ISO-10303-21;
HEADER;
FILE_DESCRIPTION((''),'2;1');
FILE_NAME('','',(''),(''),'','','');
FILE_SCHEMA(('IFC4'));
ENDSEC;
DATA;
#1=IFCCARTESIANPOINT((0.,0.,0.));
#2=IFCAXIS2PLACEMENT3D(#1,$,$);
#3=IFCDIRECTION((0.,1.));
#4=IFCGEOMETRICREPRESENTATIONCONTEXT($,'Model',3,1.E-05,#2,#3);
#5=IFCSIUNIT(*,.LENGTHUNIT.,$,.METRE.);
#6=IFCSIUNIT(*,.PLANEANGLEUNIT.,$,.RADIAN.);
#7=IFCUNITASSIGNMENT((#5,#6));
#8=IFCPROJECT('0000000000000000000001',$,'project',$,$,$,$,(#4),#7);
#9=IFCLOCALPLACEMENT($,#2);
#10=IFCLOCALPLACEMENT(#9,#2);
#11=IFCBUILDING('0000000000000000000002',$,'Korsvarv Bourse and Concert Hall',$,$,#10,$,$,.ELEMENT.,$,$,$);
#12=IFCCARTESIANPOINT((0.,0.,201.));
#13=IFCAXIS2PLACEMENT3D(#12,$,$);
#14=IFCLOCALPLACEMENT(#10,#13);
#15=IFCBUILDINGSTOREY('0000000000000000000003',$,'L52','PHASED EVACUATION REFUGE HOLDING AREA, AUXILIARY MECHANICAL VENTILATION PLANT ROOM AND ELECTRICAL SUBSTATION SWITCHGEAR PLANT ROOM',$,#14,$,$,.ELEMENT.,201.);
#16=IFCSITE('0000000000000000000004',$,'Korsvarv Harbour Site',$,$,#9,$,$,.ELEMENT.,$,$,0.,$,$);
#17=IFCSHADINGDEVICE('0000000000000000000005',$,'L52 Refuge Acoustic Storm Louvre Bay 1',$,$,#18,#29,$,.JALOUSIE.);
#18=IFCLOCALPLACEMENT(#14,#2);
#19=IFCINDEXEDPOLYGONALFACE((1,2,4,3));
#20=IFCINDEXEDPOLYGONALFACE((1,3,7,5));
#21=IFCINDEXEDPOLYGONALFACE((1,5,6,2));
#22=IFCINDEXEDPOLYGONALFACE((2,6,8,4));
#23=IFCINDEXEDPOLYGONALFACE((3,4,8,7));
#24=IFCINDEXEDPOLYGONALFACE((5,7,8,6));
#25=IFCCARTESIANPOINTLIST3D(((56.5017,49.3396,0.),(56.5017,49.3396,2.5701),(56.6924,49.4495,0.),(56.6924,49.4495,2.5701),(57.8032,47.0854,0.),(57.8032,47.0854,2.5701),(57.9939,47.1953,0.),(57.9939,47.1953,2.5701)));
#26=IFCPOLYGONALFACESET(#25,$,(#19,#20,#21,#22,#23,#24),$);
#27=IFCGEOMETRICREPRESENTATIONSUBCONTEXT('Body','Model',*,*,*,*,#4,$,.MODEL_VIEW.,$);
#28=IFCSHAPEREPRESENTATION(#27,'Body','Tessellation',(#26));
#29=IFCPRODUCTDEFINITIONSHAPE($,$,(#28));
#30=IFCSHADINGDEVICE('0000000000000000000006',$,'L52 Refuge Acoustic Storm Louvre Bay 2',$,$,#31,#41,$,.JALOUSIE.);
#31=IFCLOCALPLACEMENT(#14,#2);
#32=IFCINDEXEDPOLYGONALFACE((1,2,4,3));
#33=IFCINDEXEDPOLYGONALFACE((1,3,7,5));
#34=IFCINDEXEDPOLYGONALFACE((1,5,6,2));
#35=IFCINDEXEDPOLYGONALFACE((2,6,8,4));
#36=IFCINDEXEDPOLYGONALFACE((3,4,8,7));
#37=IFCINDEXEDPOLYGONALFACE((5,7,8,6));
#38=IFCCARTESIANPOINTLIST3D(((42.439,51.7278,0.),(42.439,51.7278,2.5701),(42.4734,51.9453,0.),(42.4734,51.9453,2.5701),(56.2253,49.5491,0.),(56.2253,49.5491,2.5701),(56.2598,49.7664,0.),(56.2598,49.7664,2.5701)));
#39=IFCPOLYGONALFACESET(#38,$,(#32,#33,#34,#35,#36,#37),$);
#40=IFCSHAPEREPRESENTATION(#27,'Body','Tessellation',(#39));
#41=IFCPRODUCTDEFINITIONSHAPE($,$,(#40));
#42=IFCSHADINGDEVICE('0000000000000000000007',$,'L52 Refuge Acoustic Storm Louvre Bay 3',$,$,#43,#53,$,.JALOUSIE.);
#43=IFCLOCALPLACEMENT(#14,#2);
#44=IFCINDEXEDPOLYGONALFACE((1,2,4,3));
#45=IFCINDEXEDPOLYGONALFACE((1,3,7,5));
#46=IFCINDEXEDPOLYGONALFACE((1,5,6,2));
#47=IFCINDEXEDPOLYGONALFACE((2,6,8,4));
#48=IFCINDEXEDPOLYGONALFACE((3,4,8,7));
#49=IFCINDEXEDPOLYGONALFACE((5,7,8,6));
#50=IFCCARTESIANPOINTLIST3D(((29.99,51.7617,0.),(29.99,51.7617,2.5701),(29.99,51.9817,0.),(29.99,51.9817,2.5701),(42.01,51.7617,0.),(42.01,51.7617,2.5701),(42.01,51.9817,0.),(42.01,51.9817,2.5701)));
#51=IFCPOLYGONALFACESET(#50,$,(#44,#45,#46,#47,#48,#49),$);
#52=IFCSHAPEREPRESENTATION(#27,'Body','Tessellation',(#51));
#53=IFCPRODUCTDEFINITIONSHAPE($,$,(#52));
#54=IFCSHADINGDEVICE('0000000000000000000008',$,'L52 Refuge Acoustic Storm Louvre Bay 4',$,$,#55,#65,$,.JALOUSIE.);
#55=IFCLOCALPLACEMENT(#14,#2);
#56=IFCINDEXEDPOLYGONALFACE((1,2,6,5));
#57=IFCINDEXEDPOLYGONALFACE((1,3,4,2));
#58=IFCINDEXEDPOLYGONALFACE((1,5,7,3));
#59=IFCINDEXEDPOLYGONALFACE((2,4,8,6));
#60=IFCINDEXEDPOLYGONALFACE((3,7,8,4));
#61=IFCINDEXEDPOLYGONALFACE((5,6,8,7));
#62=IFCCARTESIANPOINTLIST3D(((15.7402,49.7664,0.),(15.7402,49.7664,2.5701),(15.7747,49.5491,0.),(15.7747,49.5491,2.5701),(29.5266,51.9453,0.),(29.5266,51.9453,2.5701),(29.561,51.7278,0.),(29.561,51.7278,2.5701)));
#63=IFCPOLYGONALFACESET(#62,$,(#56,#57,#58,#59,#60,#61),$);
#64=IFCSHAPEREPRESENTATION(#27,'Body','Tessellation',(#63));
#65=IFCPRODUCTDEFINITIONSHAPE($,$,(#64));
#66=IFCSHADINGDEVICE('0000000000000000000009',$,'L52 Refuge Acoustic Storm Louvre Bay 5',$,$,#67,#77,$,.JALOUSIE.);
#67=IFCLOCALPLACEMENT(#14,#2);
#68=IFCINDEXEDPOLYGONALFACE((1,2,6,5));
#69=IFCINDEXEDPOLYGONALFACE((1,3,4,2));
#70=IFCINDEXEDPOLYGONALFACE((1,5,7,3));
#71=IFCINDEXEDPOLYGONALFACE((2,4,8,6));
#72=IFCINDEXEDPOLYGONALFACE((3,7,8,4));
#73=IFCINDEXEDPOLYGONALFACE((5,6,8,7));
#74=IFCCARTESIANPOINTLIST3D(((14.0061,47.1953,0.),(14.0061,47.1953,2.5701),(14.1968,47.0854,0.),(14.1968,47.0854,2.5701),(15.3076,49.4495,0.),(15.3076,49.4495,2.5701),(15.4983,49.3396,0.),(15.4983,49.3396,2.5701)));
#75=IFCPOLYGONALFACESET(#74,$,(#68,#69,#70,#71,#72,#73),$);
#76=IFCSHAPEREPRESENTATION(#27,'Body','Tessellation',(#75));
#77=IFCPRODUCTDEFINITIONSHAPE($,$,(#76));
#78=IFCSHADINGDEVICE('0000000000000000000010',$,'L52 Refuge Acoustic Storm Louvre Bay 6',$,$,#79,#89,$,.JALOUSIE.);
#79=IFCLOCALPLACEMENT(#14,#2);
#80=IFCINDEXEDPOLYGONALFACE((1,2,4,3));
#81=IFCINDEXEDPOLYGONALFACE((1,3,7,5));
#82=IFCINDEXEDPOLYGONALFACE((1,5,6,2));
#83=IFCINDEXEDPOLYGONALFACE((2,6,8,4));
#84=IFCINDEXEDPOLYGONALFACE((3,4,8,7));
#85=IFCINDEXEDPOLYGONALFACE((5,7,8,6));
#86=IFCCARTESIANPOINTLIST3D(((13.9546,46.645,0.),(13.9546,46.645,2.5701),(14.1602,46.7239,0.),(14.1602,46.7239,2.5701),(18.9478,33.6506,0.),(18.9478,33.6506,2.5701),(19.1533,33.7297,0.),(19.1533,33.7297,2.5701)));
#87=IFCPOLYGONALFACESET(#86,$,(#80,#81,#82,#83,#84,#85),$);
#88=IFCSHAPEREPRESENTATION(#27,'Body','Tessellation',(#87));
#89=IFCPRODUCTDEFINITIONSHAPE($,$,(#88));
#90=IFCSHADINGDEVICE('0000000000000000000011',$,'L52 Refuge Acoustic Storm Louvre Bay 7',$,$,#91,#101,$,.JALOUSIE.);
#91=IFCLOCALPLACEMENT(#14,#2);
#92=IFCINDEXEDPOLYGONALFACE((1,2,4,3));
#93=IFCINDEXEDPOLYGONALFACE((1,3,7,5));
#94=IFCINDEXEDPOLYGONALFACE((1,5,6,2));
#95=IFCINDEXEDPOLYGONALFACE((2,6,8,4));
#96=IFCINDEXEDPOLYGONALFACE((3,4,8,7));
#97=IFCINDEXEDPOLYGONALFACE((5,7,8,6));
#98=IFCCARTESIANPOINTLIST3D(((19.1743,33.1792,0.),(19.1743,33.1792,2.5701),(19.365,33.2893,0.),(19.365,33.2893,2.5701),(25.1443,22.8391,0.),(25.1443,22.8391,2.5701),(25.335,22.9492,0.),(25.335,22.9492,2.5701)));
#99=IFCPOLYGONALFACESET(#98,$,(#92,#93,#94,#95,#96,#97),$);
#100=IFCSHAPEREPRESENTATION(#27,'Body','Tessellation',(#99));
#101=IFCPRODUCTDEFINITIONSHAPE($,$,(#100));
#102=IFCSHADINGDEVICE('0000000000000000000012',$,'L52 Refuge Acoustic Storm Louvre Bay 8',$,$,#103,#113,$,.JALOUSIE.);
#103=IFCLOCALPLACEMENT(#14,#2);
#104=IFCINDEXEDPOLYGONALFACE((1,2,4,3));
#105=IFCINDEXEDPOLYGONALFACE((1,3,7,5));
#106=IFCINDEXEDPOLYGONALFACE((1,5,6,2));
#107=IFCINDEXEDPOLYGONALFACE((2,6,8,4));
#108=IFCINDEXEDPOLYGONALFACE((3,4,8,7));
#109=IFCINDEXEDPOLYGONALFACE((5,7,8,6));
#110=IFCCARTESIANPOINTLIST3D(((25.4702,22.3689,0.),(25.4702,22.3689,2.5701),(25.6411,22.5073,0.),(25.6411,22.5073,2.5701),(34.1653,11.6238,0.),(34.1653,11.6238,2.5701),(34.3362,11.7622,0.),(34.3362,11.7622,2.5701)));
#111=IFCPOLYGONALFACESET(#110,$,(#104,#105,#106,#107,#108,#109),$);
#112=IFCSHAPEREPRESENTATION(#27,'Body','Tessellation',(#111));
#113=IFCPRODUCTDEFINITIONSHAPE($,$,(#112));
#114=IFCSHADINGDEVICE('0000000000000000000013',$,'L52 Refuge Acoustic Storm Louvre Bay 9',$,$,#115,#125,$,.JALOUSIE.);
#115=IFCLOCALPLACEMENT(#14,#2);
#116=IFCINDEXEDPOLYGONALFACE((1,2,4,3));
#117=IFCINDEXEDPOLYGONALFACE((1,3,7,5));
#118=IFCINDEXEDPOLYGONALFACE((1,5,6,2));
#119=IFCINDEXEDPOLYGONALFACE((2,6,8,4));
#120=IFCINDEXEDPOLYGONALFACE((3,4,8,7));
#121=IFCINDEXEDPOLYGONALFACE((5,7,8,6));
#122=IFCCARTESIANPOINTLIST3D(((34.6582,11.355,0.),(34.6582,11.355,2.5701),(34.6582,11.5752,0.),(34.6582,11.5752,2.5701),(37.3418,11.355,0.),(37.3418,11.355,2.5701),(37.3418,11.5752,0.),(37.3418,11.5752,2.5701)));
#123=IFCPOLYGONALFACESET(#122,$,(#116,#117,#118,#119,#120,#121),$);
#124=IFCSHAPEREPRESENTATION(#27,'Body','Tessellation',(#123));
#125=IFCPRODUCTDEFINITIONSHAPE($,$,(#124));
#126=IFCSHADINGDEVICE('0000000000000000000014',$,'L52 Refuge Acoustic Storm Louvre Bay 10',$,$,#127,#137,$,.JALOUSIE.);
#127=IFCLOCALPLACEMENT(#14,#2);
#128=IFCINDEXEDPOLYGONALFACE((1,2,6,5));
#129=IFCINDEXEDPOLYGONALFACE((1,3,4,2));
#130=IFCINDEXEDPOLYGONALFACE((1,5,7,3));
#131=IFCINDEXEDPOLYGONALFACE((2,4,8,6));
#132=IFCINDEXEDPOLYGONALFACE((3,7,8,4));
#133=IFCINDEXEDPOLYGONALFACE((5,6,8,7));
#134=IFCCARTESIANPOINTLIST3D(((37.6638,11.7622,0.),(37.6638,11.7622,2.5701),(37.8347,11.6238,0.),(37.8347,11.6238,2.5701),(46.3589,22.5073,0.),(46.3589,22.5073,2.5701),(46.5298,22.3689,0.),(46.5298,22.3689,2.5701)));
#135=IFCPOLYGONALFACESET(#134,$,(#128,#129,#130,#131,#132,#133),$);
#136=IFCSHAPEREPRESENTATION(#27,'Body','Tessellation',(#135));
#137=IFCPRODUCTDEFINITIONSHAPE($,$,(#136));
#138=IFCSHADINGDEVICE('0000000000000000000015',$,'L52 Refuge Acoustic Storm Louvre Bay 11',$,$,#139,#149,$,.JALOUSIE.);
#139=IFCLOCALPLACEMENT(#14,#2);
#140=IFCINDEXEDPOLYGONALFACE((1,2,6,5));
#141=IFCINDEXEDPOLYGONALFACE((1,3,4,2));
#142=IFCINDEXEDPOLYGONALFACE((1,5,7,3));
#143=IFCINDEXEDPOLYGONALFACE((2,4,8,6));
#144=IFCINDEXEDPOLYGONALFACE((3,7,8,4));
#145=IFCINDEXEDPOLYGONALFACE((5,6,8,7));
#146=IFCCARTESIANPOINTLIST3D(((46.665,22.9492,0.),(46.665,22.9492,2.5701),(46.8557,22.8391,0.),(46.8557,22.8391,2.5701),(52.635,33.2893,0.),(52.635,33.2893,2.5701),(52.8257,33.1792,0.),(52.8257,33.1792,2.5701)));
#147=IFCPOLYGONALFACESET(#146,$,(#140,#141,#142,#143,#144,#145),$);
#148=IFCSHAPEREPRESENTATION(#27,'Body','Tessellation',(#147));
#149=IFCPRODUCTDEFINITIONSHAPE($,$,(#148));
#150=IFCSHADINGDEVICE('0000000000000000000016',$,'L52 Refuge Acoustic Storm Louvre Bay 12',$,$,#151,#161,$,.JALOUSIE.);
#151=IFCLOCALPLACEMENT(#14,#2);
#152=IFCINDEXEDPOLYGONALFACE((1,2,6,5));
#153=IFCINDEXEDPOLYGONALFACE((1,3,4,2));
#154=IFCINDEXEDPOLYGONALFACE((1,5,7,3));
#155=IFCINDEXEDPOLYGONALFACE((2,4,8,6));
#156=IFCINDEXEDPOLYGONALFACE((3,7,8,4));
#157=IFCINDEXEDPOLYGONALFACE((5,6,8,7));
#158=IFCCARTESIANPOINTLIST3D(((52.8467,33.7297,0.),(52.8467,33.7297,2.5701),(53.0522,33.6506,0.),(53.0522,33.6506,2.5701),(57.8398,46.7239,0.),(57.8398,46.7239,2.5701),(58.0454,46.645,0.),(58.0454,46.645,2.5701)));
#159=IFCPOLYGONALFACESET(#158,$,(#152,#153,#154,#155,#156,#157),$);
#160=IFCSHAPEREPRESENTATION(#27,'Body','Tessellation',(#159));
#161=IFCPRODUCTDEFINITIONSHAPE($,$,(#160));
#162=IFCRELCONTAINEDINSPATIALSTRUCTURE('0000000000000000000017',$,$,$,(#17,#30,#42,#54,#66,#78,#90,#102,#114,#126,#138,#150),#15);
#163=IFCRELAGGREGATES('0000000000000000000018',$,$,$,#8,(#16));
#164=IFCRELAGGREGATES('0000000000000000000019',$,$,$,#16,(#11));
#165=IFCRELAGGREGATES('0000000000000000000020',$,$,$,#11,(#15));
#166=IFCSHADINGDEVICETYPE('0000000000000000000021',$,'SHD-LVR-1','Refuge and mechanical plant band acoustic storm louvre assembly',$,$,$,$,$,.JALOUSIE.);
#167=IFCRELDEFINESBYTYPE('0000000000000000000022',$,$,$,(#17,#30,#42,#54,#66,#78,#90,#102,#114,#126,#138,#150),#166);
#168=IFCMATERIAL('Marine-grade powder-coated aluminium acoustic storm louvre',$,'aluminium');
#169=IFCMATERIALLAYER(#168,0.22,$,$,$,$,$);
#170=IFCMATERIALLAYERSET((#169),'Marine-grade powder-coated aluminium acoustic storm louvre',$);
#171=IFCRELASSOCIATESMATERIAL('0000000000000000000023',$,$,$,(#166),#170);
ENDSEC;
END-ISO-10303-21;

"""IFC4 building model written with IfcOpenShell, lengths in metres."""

from ifc_helpers import new_model, si_unit, direction, frame, origin, place, context, subcontext, project, spatial, polyline, outline, extrude, material, layer, layer_set, type_object, element, save


model = new_model("IFC4")

# Units and contexts
model_context = context("Model", 3, precision=1e-05, world=origin(), true_north=direction((0.0, 1.0)))
body_context = subcontext(model_context, "Body", "Model", "MODEL_VIEW")
ifc_project = project(units=[si_unit("LENGTHUNIT", "METRE"), si_unit("PLANEANGLEUNIT", "RADIAN")], contexts=[model_context])

# Site, building, storey
site_placement = place(None, origin())
site = spatial("IfcSite", under=ifc_project, at=site_placement, Name="Korsvarv Harbour Site", CompositionType="ELEMENT", RefElevation=0.0)
building_placement = place(site_placement, origin())
building = spatial("IfcBuilding", under=site, at=building_placement, Name="Korsvarv Bourse and Concert Hall", CompositionType="ELEMENT")
storey_placement = place(building_placement, frame((0.0, 0.0, 201.0)))
storey = spatial("IfcBuildingStorey", under=building, at=storey_placement, Name="L52", Description="PHASED EVACUATION REFUGE HOLDING AREA, AUXILIARY MECHANICAL VENTILATION PLANT ROOM AND ELECTRICAL SUBSTATION SWITCHGEAR PLANT ROOM", CompositionType="ELEMENT", Elevation=201.0)

# Shading devices
ifc_material_1 = material(Name="Marine-grade powder-coated aluminium acoustic storm louvre", Category="aluminium")
ifc_layer_1 = layer(ifc_material_1, 0.22)
ifc_layer_set_1 = layer_set([ifc_layer_1], Name="Marine-grade powder-coated aluminium acoustic storm louvre")
shading_device_type = type_object("IfcShadingDeviceType", Name="SHD-LVR-1", Description="Refuge and mechanical plant band acoustic storm louvre assembly", PredefinedType="JALOUSIE", material=ifc_layer_set_1)
shading_device_1_placement = place(storey_placement, origin())
element("IfcShadingDevice", 1, at=shading_device_1_placement, inside=storey, type_object=shading_device_type, Name="L52 Refuge Acoustic Storm Louvre Bay 1", PredefinedType="JALOUSIE", context=body_context, shape_type="SweptSolid", body=[
    extrude(outline(polyline([(57.8032, 47.0854), (56.5017, 49.3396), (56.6924, 49.4495), (57.9939, 47.1953), (57.8032, 47.0854)])), origin(), (0.0, 0.0, 1.0), 2.5701),
])
shading_device_2_placement = place(storey_placement, origin())
element("IfcShadingDevice", 2, at=shading_device_2_placement, inside=storey, type_object=shading_device_type, Name="L52 Refuge Acoustic Storm Louvre Bay 2", PredefinedType="JALOUSIE", context=body_context, shape_type="SweptSolid", body=[
    extrude(outline(polyline([(56.2253, 49.5491), (42.439, 51.7278), (42.4734, 51.9453), (56.2598, 49.7664), (56.2253, 49.5491)])), origin(), (0.0, 0.0, 1.0), 2.5701),
])
shading_device_3_placement = place(storey_placement, origin())
element("IfcShadingDevice", 3, at=shading_device_3_placement, inside=storey, type_object=shading_device_type, Name="L52 Refuge Acoustic Storm Louvre Bay 3", PredefinedType="JALOUSIE", context=body_context, shape_type="SweptSolid", body=[
    extrude(outline(polyline([(42.01, 51.7617), (29.99, 51.7617), (29.99, 51.9817), (42.01, 51.9817), (42.01, 51.7617)])), origin(), (0.0, 0.0, 1.0), 2.5701),
])
shading_device_4_placement = place(storey_placement, origin())
element("IfcShadingDevice", 4, at=shading_device_4_placement, inside=storey, type_object=shading_device_type, Name="L52 Refuge Acoustic Storm Louvre Bay 4", PredefinedType="JALOUSIE", context=body_context, shape_type="SweptSolid", body=[
    extrude(outline(polyline([(29.561, 51.7278), (15.7747, 49.5491), (15.7402, 49.7664), (29.5266, 51.9453), (29.561, 51.7278)])), origin(), (0.0, 0.0, 1.0), 2.5701),
])
shading_device_5_placement = place(storey_placement, origin())
element("IfcShadingDevice", 5, at=shading_device_5_placement, inside=storey, type_object=shading_device_type, Name="L52 Refuge Acoustic Storm Louvre Bay 5", PredefinedType="JALOUSIE", context=body_context, shape_type="SweptSolid", body=[
    extrude(outline(polyline([(15.4983, 49.3396), (14.1968, 47.0854), (14.0061, 47.1953), (15.3076, 49.4495), (15.4983, 49.3396)])), origin(), (0.0, 0.0, 1.0), 2.5701),
])
shading_device_6_placement = place(storey_placement, origin())
element("IfcShadingDevice", 6, at=shading_device_6_placement, inside=storey, type_object=shading_device_type, Name="L52 Refuge Acoustic Storm Louvre Bay 6", PredefinedType="JALOUSIE", context=body_context, shape_type="SweptSolid", body=[
    extrude(outline(polyline([(14.1602, 46.7239), (19.1533, 33.7297), (18.9478, 33.6506), (13.9546, 46.645), (14.1602, 46.7239)])), origin(), (0.0, 0.0, 1.0), 2.5701),
])
shading_device_7_placement = place(storey_placement, origin())
element("IfcShadingDevice", 7, at=shading_device_7_placement, inside=storey, type_object=shading_device_type, Name="L52 Refuge Acoustic Storm Louvre Bay 7", PredefinedType="JALOUSIE", context=body_context, shape_type="SweptSolid", body=[
    extrude(outline(polyline([(19.365, 33.2893), (25.335, 22.9492), (25.1443, 22.8391), (19.1743, 33.1792), (19.365, 33.2893)])), origin(), (0.0, 0.0, 1.0), 2.5701),
])
shading_device_8_placement = place(storey_placement, origin())
element("IfcShadingDevice", 8, at=shading_device_8_placement, inside=storey, type_object=shading_device_type, Name="L52 Refuge Acoustic Storm Louvre Bay 8", PredefinedType="JALOUSIE", context=body_context, shape_type="SweptSolid", body=[
    extrude(outline(polyline([(25.6411, 22.5073), (34.3362, 11.7622), (34.1653, 11.6238), (25.4702, 22.3689), (25.6411, 22.5073)])), origin(), (0.0, 0.0, 1.0), 2.5701),
])
shading_device_9_placement = place(storey_placement, origin())
element("IfcShadingDevice", 9, at=shading_device_9_placement, inside=storey, type_object=shading_device_type, Name="L52 Refuge Acoustic Storm Louvre Bay 9", PredefinedType="JALOUSIE", context=body_context, shape_type="SweptSolid", body=[
    extrude(outline(polyline([(34.6582, 11.5752), (37.3418, 11.5752), (37.3418, 11.355), (34.6582, 11.355), (34.6582, 11.5752)])), origin(), (0.0, 0.0, 1.0), 2.5701),
])
shading_device_10_placement = place(storey_placement, origin())
element("IfcShadingDevice", 10, at=shading_device_10_placement, inside=storey, type_object=shading_device_type, Name="L52 Refuge Acoustic Storm Louvre Bay 10", PredefinedType="JALOUSIE", context=body_context, shape_type="SweptSolid", body=[
    extrude(outline(polyline([(37.6638, 11.7622), (46.3589, 22.5073), (46.5298, 22.3689), (37.8347, 11.6238), (37.6638, 11.7622)])), origin(), (0.0, 0.0, 1.0), 2.5701),
])
shading_device_11_placement = place(storey_placement, origin())
element("IfcShadingDevice", 11, at=shading_device_11_placement, inside=storey, type_object=shading_device_type, Name="L52 Refuge Acoustic Storm Louvre Bay 11", PredefinedType="JALOUSIE", context=body_context, shape_type="SweptSolid", body=[
    extrude(outline(polyline([(46.665, 22.9492), (52.635, 33.2893), (52.8257, 33.1792), (46.8557, 22.8391), (46.665, 22.9492)])), origin(), (0.0, 0.0, 1.0), 2.5701),
])
shading_device_12_placement = place(storey_placement, origin())
element("IfcShadingDevice", 12, at=shading_device_12_placement, inside=storey, type_object=shading_device_type, Name="L52 Refuge Acoustic Storm Louvre Bay 12", PredefinedType="JALOUSIE", context=body_context, shape_type="SweptSolid", body=[
    extrude(outline(polyline([(52.8467, 33.7297), (57.8398, 46.7239), (58.0454, 46.645), (53.0522, 33.6506), (52.8467, 33.7297)])), origin(), (0.0, 0.0, 1.0), 2.5701),
])

save(model, "model.ifc")
